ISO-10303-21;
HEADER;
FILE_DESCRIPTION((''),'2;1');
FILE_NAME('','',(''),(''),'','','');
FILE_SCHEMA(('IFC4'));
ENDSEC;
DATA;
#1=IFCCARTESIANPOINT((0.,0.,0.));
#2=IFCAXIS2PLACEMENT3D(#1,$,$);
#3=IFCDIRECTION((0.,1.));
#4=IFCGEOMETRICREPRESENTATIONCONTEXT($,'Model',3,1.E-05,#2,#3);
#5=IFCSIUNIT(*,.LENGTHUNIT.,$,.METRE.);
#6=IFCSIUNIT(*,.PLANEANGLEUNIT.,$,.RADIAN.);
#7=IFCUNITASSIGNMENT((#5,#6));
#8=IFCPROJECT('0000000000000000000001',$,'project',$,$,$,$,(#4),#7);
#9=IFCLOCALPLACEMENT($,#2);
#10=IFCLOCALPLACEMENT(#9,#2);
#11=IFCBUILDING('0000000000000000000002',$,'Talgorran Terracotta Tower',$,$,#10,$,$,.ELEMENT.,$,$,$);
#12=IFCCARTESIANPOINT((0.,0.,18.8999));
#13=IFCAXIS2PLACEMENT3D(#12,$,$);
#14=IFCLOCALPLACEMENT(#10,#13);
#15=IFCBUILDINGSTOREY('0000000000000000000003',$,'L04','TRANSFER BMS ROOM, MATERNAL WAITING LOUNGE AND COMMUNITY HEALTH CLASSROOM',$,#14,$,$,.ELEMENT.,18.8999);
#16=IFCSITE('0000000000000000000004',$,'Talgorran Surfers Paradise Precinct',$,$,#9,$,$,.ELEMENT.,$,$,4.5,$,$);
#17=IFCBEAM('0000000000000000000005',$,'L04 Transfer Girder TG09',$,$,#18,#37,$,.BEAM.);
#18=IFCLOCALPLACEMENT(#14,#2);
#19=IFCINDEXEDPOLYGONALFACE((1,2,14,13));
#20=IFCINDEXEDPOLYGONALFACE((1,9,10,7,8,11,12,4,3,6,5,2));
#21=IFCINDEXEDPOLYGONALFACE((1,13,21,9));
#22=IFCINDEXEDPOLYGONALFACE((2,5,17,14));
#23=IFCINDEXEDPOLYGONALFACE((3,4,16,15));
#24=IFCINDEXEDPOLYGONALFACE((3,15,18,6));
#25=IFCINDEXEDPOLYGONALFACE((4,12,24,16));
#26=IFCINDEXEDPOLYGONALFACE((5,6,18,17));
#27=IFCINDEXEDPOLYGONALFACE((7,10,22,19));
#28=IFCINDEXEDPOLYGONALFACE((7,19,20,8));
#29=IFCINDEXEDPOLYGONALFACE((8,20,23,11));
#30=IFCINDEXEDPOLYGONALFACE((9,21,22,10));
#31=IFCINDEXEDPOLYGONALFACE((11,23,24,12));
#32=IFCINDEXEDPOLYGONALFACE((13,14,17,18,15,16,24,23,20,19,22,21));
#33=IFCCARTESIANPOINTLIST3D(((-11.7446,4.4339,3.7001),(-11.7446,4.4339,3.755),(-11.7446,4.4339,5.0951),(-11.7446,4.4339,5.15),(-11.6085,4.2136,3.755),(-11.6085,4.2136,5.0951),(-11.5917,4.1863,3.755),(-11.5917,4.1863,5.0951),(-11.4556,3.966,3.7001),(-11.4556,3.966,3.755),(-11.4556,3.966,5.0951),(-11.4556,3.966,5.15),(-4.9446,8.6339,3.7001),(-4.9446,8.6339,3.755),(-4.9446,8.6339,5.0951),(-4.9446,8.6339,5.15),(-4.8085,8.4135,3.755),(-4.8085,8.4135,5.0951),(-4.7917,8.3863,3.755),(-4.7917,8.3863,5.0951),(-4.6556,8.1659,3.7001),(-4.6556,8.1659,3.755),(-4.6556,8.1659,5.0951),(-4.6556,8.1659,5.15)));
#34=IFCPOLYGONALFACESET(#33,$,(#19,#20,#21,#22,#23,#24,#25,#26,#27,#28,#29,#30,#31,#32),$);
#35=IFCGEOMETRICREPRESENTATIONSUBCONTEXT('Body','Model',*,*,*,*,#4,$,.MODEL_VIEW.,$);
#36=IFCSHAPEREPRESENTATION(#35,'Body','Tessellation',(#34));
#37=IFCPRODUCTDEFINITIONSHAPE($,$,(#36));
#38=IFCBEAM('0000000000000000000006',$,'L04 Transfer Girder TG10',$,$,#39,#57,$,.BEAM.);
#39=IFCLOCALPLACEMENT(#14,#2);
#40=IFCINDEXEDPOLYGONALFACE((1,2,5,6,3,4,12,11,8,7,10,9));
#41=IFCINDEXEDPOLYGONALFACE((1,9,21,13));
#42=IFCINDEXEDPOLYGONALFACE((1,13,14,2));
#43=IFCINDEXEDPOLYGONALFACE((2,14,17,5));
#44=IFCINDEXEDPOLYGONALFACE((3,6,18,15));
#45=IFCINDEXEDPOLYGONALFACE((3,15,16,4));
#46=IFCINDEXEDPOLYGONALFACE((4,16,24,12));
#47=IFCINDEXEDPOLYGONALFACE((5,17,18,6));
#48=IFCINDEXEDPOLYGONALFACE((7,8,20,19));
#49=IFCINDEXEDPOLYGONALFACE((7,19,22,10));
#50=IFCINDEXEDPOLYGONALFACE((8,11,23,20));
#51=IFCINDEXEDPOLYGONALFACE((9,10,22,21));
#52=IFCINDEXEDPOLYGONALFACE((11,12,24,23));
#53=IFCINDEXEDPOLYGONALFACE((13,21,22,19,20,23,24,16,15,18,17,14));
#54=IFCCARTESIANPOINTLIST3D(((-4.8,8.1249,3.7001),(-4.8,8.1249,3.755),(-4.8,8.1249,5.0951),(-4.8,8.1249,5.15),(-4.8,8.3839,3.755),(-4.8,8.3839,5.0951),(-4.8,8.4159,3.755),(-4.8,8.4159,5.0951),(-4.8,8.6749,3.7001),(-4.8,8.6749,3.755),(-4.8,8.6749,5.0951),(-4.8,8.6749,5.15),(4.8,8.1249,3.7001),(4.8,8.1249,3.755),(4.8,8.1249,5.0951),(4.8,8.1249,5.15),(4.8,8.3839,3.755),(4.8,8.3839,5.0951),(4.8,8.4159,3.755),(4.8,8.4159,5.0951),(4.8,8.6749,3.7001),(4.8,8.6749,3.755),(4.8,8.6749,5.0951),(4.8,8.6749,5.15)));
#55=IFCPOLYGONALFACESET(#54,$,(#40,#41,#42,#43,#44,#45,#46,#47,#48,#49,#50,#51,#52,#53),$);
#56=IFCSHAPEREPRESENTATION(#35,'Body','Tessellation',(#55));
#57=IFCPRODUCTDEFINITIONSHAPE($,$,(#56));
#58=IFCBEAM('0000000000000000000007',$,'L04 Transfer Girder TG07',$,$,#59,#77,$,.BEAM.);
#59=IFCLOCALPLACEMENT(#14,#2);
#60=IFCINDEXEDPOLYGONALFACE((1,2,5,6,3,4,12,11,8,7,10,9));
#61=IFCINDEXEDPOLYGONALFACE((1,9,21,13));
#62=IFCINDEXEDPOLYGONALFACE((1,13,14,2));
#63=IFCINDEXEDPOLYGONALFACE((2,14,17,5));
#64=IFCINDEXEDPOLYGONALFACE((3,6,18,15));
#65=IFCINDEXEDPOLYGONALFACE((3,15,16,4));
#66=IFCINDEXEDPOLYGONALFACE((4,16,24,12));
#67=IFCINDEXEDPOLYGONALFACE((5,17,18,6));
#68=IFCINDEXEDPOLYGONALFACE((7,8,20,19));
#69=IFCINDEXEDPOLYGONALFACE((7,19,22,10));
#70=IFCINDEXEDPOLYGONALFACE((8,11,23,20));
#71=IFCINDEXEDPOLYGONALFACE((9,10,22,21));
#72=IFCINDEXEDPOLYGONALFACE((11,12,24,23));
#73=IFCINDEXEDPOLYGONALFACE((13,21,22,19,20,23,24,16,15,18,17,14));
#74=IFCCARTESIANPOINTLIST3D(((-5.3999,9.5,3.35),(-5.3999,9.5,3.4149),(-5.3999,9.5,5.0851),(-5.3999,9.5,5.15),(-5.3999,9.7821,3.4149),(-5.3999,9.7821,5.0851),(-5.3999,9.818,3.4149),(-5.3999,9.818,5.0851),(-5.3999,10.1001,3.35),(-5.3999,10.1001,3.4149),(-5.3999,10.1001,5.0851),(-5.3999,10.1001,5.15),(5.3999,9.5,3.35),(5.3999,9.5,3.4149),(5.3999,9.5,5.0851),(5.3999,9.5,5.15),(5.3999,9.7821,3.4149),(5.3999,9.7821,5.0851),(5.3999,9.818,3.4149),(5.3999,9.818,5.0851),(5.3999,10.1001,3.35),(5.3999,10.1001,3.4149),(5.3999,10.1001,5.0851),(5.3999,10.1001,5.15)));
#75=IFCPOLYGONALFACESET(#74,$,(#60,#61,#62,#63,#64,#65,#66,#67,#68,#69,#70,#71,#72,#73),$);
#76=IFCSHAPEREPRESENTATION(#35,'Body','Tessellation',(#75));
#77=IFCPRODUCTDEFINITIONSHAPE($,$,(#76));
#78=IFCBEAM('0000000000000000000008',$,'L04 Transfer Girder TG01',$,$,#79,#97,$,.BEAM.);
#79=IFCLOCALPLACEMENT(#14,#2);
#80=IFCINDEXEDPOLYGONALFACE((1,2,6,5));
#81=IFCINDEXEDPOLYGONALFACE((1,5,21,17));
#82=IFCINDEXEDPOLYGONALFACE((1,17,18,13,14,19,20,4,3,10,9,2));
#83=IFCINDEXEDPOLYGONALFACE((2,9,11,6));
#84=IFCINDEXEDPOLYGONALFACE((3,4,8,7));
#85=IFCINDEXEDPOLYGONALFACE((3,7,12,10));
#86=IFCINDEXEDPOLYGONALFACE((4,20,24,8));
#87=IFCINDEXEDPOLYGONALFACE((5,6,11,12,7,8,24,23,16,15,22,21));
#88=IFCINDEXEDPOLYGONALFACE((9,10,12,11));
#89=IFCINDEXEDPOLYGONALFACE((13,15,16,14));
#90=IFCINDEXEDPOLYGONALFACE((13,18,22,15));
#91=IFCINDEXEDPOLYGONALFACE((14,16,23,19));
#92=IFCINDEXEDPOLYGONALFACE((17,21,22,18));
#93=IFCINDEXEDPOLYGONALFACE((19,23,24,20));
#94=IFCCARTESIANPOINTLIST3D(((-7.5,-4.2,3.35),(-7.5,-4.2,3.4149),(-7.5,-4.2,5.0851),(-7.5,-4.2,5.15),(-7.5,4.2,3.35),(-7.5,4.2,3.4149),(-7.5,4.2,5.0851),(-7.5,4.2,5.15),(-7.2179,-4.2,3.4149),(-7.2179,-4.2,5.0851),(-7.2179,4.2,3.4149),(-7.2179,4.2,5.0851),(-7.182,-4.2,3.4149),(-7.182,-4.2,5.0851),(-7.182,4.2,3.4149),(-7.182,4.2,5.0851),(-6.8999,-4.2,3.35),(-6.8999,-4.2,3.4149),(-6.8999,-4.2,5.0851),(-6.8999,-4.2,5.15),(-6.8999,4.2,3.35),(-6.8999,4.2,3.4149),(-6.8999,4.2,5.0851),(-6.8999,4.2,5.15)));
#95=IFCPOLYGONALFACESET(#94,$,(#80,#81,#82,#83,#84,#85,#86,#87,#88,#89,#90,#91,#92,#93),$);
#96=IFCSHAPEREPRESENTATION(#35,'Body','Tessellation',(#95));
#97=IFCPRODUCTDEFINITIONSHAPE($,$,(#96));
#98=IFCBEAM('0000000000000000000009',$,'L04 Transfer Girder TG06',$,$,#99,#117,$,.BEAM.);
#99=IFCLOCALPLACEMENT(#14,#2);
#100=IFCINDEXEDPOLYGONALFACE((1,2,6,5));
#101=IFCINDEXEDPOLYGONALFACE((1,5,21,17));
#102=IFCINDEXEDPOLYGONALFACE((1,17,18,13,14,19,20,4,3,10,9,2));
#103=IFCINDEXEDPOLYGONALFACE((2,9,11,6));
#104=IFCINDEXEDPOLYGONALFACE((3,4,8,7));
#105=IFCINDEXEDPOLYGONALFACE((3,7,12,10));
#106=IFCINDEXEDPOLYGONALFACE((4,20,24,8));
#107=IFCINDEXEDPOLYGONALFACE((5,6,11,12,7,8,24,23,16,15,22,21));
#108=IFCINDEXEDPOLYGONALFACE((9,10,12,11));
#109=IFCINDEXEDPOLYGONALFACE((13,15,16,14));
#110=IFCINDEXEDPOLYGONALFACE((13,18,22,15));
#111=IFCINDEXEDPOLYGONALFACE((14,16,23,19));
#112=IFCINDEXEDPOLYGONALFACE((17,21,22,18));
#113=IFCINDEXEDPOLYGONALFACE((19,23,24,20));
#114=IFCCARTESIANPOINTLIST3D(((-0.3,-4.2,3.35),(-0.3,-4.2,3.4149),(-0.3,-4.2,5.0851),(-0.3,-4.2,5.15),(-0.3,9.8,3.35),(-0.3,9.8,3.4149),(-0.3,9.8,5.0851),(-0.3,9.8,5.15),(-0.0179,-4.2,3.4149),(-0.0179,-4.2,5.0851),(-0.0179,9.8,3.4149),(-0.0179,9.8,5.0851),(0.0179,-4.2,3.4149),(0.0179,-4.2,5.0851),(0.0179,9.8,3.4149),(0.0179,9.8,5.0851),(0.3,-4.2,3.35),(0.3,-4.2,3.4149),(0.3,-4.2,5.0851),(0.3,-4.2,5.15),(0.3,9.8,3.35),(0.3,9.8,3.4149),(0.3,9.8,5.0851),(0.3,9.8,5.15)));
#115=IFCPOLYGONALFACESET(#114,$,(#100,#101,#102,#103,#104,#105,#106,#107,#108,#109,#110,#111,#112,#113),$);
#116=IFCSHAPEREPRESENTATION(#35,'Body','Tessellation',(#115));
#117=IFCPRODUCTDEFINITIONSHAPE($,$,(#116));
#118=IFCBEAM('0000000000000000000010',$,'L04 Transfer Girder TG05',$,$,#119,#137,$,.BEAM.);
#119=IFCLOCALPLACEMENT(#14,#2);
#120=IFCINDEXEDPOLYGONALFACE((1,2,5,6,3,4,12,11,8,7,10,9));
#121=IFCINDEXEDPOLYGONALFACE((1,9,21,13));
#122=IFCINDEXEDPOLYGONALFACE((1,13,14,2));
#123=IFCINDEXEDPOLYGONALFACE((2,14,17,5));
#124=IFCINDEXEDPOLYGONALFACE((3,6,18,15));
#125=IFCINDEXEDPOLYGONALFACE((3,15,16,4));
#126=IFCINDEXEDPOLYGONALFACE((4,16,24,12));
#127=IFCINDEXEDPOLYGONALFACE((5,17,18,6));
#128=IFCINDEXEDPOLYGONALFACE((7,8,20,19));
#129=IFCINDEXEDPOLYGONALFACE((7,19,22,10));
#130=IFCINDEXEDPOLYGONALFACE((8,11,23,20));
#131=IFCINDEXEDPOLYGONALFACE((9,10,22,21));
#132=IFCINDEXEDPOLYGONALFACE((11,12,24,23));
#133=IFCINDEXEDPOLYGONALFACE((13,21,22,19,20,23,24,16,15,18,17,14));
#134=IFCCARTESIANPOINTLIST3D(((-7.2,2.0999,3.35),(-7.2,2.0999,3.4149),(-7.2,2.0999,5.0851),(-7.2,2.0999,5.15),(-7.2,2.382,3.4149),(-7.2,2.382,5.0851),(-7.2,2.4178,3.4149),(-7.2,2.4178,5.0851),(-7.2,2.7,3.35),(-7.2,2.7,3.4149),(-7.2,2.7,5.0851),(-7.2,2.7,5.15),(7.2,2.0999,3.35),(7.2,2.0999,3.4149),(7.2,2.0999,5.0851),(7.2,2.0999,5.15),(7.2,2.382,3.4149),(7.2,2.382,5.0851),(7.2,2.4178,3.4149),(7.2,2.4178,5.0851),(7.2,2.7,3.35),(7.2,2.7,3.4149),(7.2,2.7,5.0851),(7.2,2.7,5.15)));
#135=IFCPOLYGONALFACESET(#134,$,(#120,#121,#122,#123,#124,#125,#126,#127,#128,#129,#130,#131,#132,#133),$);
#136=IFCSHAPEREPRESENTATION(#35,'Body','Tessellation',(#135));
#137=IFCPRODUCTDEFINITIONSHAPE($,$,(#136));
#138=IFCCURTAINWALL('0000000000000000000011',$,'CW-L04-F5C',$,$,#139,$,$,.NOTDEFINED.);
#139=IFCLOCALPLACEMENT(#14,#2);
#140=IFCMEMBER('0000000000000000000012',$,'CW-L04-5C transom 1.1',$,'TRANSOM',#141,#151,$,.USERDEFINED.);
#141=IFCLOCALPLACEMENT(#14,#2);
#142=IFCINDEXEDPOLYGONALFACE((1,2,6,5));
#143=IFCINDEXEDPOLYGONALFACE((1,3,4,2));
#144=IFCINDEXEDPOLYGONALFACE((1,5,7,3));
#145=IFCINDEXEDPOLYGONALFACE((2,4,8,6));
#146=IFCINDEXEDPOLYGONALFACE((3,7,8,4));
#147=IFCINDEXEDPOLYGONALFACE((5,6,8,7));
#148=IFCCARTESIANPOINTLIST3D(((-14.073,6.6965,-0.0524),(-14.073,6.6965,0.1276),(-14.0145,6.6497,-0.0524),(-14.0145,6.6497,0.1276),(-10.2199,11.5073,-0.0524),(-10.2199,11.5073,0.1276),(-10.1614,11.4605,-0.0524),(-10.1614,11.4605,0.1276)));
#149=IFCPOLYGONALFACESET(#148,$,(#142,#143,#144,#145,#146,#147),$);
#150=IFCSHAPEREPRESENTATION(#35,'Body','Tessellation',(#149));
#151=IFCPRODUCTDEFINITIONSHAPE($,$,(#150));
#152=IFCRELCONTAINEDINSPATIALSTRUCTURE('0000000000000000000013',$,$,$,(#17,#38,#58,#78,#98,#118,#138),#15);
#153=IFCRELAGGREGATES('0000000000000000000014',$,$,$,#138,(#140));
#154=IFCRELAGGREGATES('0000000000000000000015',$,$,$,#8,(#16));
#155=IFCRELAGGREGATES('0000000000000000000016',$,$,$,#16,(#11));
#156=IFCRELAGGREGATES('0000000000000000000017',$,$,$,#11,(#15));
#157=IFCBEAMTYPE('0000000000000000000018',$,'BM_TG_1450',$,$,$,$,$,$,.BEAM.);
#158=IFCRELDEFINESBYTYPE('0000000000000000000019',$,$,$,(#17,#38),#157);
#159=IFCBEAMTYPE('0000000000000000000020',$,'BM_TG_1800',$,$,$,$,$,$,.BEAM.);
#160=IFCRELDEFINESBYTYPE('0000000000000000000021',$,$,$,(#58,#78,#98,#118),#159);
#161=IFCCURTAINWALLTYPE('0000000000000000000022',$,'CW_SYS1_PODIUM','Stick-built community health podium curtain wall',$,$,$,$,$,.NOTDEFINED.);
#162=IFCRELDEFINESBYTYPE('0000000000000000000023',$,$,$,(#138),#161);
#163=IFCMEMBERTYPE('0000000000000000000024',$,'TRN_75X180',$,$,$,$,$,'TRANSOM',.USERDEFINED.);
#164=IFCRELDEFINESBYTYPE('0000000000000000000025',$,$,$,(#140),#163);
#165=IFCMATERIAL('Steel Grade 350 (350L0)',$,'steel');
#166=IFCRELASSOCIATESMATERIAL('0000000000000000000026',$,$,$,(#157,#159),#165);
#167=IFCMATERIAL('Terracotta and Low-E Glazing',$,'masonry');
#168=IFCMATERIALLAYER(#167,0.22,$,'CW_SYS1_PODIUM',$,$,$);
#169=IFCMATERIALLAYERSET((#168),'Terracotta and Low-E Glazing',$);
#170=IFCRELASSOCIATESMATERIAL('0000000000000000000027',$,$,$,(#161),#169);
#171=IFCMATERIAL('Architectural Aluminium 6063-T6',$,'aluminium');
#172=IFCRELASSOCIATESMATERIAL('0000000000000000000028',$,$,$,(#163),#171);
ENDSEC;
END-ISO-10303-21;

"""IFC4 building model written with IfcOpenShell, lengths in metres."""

from ifc_helpers import new_model, si_unit, direction, frame, origin, origin_2d, place, context, subcontext, project, spatial, rectangle, i_section, extrude, material, layer, layer_set, material_profile, profile_set, type_object, element, aggregate, save


model = new_model("IFC4")

# Units and contexts
model_context = context("Model", 3, precision=1e-05, world=origin(), true_north=direction((0.0, 1.0)))
body_context = subcontext(model_context, "Body", "Model", "MODEL_VIEW")
ifc_project = project(units=[si_unit("LENGTHUNIT", "METRE"), si_unit("PLANEANGLEUNIT", "RADIAN")], contexts=[model_context])

# Site, building, storey
site_placement = place(None, origin())
site = spatial("IfcSite", under=ifc_project, at=site_placement, Name="Talgorran Surfers Paradise Precinct", CompositionType="ELEMENT", RefElevation=4.5)
building_placement = place(site_placement, origin())
building = spatial("IfcBuilding", under=site, at=building_placement, Name="Talgorran Terracotta Tower", CompositionType="ELEMENT")
storey_placement = place(building_placement, frame((0.0, 0.0, 18.8999)))
storey = spatial("IfcBuildingStorey", under=building, at=storey_placement, Name="L04", Description="TRANSFER BMS ROOM, MATERNAL WAITING LOUNGE AND COMMUNITY HEALTH CLASSROOM", CompositionType="ELEMENT", Elevation=18.8999)

# Beams
ifc_material_1 = material(Name="Steel Grade 350 (350L0)", Category="steel")
ifc_material_profile_1 = material_profile(ifc_material_1, i_section(OverallWidth=0.55, OverallDepth=1.45, WebThickness=0.032, FlangeThickness=0.0549, at=origin_2d()), Name="TG1450X550")
ifc_profile_set_1 = profile_set([ifc_material_profile_1], Name="Steel Grade 350 (350L0)")
beam_type_1 = type_object("IfcBeamType", Name="BM_TG_1450", PredefinedType="BEAM", material=ifc_profile_set_1)
beam_1_placement = place(storey_placement, frame((-11.6001, 4.2, 4.425), z_axis=(0.850802, 0.525486, 0.0), x_axis=(-0.525486, 0.850802, 0.0)))
element("IfcBeam", 1, at=beam_1_placement, inside=storey, type_object=beam_type_1, Name="L04 Transfer Girder TG09", PredefinedType="BEAM", context=body_context, shape_type="SweptSolid", body=[
    extrude(i_section(OverallWidth=0.55, OverallDepth=1.45, WebThickness=0.032, FlangeThickness=0.0549, at=origin_2d()), origin(), (0.0, 0.0, 1.0), 7.9924),
])
beam_2_placement = place(storey_placement, frame((-4.8, 8.3999, 4.425), z_axis=(1.0, 0.0, 0.0), x_axis=(0.0, 1.0, 0.0)))
element("IfcBeam", 2, at=beam_2_placement, inside=storey, type_object=beam_type_1, Name="L04 Transfer Girder TG10", PredefinedType="BEAM", context=body_context, shape_type="SweptSolid", body=[
    extrude(i_section(OverallWidth=0.55, OverallDepth=1.45, WebThickness=0.032, FlangeThickness=0.0549, at=origin_2d()), origin(), (0.0, 0.0, 1.0), 9.6001),
])
ifc_material_profile_2 = material_profile(ifc_material_1, i_section(OverallWidth=0.6001, OverallDepth=1.8, WebThickness=0.0359, FlangeThickness=0.0649, at=origin_2d()), Name="TG1800X600")
ifc_profile_set_2 = profile_set([ifc_material_profile_2], Name="Steel Grade 350 (350L0)")
beam_type_2 = type_object("IfcBeamType", Name="BM_TG_1800", PredefinedType="BEAM", material=ifc_profile_set_2)
beam_3_placement = place(storey_placement, frame((-5.3999, 9.8, 4.25), z_axis=(1.0, 0.0, 0.0), x_axis=(0.0, 1.0, 0.0)))
element("IfcBeam", 3, at=beam_3_placement, inside=storey, type_object=beam_type_2, Name="L04 Transfer Girder TG07", PredefinedType="BEAM", context=body_context, shape_type="SweptSolid", body=[
    extrude(i_section(OverallWidth=0.6001, OverallDepth=1.8, WebThickness=0.0359, FlangeThickness=0.0649, at=origin_2d()), origin(), (0.0, 0.0, 1.0), 10.7998),
])
beam_4_placement = place(storey_placement, frame((-7.2, -4.2, 4.25), z_axis=(0.0, 1.0, 0.0), x_axis=(-1.0, 0.0, 0.0)))
element("IfcBeam", 4, at=beam_4_placement, inside=storey, type_object=beam_type_2, Name="L04 Transfer Girder TG01", PredefinedType="BEAM", context=body_context, shape_type="SweptSolid", body=[
    extrude(i_section(OverallWidth=0.6001, OverallDepth=1.8, WebThickness=0.0359, FlangeThickness=0.0649, at=origin_2d()), origin(), (0.0, 0.0, 1.0), 8.3999),
])
beam_5_placement = place(storey_placement, frame((0.0, -4.2, 4.25), z_axis=(0.0, 1.0, 0.0), x_axis=(-1.0, 0.0, 0.0)))
element("IfcBeam", 5, at=beam_5_placement, inside=storey, type_object=beam_type_2, Name="L04 Transfer Girder TG06", PredefinedType="BEAM", context=body_context, shape_type="SweptSolid", body=[
    extrude(i_section(OverallWidth=0.6001, OverallDepth=1.8, WebThickness=0.0359, FlangeThickness=0.0649, at=origin_2d()), origin(), (0.0, 0.0, 1.0), 14.0),
])
beam_6_placement = place(storey_placement, frame((-7.2, 2.3999, 4.25), z_axis=(1.0, 0.0, 0.0), x_axis=(0.0, 1.0, 0.0)))
element("IfcBeam", 6, at=beam_6_placement, inside=storey, type_object=beam_type_2, Name="L04 Transfer Girder TG05", PredefinedType="BEAM", context=body_context, shape_type="SweptSolid", body=[
    extrude(i_section(OverallWidth=0.6001, OverallDepth=1.8, WebThickness=0.0359, FlangeThickness=0.0649, at=origin_2d()), origin(), (0.0, 0.0, 1.0), 14.3999),
])

# Curtain wall, member
ifc_material_2 = material(Name="Terracotta and Low-E Glazing", Category="masonry")
ifc_layer_1 = layer(ifc_material_2, 0.22, Name="CW_SYS1_PODIUM")
ifc_layer_set_1 = layer_set([ifc_layer_1], Name="Terracotta and Low-E Glazing")
curtain_wall_type = type_object("IfcCurtainWallType", Name="CW_SYS1_PODIUM", Description="Stick-built community health podium curtain wall", PredefinedType="NOTDEFINED", material=ifc_layer_set_1)
curtain_wall_placement = place(storey_placement, origin())
curtain_wall = element("IfcCurtainWall", 7, at=curtain_wall_placement, inside=storey, type_object=curtain_wall_type, Name="CW-L04-F5C", PredefinedType="NOTDEFINED")
ifc_material_3 = material(Name="Architectural Aluminium 6063-T6", Category="aluminium")
ifc_material_profile_3 = material_profile(ifc_material_3, rectangle(XDim=0.075, YDim=0.1799, at=origin_2d()), Name="CWT75X180")
ifc_profile_set_3 = profile_set([ifc_material_profile_3], Name="Architectural Aluminium 6063-T6")
member_type = type_object("IfcMemberType", Name="TRN_75X180", ElementType="TRANSOM", PredefinedType="USERDEFINED", material=ifc_profile_set_3)
member_placement = place(storey_placement, frame((-10.1907, 11.4839, 0.0376), z_axis=(-0.62513, -0.780521, 0.0), x_axis=(0.780521, -0.62513, 0.0)))
member = element("IfcMember", 8, at=member_placement, type_object=member_type, Name="CW-L04-5C transom 1.1", ObjectType="TRANSOM", PredefinedType="USERDEFINED", context=body_context, shape_type="SweptSolid", body=[
    extrude(rectangle(XDim=0.075, YDim=0.1799, at=origin_2d()), origin(), (0.0, 0.0, 1.0), 6.1636),
])
aggregate(curtain_wall, [member])

save(model, "model.ifc")
